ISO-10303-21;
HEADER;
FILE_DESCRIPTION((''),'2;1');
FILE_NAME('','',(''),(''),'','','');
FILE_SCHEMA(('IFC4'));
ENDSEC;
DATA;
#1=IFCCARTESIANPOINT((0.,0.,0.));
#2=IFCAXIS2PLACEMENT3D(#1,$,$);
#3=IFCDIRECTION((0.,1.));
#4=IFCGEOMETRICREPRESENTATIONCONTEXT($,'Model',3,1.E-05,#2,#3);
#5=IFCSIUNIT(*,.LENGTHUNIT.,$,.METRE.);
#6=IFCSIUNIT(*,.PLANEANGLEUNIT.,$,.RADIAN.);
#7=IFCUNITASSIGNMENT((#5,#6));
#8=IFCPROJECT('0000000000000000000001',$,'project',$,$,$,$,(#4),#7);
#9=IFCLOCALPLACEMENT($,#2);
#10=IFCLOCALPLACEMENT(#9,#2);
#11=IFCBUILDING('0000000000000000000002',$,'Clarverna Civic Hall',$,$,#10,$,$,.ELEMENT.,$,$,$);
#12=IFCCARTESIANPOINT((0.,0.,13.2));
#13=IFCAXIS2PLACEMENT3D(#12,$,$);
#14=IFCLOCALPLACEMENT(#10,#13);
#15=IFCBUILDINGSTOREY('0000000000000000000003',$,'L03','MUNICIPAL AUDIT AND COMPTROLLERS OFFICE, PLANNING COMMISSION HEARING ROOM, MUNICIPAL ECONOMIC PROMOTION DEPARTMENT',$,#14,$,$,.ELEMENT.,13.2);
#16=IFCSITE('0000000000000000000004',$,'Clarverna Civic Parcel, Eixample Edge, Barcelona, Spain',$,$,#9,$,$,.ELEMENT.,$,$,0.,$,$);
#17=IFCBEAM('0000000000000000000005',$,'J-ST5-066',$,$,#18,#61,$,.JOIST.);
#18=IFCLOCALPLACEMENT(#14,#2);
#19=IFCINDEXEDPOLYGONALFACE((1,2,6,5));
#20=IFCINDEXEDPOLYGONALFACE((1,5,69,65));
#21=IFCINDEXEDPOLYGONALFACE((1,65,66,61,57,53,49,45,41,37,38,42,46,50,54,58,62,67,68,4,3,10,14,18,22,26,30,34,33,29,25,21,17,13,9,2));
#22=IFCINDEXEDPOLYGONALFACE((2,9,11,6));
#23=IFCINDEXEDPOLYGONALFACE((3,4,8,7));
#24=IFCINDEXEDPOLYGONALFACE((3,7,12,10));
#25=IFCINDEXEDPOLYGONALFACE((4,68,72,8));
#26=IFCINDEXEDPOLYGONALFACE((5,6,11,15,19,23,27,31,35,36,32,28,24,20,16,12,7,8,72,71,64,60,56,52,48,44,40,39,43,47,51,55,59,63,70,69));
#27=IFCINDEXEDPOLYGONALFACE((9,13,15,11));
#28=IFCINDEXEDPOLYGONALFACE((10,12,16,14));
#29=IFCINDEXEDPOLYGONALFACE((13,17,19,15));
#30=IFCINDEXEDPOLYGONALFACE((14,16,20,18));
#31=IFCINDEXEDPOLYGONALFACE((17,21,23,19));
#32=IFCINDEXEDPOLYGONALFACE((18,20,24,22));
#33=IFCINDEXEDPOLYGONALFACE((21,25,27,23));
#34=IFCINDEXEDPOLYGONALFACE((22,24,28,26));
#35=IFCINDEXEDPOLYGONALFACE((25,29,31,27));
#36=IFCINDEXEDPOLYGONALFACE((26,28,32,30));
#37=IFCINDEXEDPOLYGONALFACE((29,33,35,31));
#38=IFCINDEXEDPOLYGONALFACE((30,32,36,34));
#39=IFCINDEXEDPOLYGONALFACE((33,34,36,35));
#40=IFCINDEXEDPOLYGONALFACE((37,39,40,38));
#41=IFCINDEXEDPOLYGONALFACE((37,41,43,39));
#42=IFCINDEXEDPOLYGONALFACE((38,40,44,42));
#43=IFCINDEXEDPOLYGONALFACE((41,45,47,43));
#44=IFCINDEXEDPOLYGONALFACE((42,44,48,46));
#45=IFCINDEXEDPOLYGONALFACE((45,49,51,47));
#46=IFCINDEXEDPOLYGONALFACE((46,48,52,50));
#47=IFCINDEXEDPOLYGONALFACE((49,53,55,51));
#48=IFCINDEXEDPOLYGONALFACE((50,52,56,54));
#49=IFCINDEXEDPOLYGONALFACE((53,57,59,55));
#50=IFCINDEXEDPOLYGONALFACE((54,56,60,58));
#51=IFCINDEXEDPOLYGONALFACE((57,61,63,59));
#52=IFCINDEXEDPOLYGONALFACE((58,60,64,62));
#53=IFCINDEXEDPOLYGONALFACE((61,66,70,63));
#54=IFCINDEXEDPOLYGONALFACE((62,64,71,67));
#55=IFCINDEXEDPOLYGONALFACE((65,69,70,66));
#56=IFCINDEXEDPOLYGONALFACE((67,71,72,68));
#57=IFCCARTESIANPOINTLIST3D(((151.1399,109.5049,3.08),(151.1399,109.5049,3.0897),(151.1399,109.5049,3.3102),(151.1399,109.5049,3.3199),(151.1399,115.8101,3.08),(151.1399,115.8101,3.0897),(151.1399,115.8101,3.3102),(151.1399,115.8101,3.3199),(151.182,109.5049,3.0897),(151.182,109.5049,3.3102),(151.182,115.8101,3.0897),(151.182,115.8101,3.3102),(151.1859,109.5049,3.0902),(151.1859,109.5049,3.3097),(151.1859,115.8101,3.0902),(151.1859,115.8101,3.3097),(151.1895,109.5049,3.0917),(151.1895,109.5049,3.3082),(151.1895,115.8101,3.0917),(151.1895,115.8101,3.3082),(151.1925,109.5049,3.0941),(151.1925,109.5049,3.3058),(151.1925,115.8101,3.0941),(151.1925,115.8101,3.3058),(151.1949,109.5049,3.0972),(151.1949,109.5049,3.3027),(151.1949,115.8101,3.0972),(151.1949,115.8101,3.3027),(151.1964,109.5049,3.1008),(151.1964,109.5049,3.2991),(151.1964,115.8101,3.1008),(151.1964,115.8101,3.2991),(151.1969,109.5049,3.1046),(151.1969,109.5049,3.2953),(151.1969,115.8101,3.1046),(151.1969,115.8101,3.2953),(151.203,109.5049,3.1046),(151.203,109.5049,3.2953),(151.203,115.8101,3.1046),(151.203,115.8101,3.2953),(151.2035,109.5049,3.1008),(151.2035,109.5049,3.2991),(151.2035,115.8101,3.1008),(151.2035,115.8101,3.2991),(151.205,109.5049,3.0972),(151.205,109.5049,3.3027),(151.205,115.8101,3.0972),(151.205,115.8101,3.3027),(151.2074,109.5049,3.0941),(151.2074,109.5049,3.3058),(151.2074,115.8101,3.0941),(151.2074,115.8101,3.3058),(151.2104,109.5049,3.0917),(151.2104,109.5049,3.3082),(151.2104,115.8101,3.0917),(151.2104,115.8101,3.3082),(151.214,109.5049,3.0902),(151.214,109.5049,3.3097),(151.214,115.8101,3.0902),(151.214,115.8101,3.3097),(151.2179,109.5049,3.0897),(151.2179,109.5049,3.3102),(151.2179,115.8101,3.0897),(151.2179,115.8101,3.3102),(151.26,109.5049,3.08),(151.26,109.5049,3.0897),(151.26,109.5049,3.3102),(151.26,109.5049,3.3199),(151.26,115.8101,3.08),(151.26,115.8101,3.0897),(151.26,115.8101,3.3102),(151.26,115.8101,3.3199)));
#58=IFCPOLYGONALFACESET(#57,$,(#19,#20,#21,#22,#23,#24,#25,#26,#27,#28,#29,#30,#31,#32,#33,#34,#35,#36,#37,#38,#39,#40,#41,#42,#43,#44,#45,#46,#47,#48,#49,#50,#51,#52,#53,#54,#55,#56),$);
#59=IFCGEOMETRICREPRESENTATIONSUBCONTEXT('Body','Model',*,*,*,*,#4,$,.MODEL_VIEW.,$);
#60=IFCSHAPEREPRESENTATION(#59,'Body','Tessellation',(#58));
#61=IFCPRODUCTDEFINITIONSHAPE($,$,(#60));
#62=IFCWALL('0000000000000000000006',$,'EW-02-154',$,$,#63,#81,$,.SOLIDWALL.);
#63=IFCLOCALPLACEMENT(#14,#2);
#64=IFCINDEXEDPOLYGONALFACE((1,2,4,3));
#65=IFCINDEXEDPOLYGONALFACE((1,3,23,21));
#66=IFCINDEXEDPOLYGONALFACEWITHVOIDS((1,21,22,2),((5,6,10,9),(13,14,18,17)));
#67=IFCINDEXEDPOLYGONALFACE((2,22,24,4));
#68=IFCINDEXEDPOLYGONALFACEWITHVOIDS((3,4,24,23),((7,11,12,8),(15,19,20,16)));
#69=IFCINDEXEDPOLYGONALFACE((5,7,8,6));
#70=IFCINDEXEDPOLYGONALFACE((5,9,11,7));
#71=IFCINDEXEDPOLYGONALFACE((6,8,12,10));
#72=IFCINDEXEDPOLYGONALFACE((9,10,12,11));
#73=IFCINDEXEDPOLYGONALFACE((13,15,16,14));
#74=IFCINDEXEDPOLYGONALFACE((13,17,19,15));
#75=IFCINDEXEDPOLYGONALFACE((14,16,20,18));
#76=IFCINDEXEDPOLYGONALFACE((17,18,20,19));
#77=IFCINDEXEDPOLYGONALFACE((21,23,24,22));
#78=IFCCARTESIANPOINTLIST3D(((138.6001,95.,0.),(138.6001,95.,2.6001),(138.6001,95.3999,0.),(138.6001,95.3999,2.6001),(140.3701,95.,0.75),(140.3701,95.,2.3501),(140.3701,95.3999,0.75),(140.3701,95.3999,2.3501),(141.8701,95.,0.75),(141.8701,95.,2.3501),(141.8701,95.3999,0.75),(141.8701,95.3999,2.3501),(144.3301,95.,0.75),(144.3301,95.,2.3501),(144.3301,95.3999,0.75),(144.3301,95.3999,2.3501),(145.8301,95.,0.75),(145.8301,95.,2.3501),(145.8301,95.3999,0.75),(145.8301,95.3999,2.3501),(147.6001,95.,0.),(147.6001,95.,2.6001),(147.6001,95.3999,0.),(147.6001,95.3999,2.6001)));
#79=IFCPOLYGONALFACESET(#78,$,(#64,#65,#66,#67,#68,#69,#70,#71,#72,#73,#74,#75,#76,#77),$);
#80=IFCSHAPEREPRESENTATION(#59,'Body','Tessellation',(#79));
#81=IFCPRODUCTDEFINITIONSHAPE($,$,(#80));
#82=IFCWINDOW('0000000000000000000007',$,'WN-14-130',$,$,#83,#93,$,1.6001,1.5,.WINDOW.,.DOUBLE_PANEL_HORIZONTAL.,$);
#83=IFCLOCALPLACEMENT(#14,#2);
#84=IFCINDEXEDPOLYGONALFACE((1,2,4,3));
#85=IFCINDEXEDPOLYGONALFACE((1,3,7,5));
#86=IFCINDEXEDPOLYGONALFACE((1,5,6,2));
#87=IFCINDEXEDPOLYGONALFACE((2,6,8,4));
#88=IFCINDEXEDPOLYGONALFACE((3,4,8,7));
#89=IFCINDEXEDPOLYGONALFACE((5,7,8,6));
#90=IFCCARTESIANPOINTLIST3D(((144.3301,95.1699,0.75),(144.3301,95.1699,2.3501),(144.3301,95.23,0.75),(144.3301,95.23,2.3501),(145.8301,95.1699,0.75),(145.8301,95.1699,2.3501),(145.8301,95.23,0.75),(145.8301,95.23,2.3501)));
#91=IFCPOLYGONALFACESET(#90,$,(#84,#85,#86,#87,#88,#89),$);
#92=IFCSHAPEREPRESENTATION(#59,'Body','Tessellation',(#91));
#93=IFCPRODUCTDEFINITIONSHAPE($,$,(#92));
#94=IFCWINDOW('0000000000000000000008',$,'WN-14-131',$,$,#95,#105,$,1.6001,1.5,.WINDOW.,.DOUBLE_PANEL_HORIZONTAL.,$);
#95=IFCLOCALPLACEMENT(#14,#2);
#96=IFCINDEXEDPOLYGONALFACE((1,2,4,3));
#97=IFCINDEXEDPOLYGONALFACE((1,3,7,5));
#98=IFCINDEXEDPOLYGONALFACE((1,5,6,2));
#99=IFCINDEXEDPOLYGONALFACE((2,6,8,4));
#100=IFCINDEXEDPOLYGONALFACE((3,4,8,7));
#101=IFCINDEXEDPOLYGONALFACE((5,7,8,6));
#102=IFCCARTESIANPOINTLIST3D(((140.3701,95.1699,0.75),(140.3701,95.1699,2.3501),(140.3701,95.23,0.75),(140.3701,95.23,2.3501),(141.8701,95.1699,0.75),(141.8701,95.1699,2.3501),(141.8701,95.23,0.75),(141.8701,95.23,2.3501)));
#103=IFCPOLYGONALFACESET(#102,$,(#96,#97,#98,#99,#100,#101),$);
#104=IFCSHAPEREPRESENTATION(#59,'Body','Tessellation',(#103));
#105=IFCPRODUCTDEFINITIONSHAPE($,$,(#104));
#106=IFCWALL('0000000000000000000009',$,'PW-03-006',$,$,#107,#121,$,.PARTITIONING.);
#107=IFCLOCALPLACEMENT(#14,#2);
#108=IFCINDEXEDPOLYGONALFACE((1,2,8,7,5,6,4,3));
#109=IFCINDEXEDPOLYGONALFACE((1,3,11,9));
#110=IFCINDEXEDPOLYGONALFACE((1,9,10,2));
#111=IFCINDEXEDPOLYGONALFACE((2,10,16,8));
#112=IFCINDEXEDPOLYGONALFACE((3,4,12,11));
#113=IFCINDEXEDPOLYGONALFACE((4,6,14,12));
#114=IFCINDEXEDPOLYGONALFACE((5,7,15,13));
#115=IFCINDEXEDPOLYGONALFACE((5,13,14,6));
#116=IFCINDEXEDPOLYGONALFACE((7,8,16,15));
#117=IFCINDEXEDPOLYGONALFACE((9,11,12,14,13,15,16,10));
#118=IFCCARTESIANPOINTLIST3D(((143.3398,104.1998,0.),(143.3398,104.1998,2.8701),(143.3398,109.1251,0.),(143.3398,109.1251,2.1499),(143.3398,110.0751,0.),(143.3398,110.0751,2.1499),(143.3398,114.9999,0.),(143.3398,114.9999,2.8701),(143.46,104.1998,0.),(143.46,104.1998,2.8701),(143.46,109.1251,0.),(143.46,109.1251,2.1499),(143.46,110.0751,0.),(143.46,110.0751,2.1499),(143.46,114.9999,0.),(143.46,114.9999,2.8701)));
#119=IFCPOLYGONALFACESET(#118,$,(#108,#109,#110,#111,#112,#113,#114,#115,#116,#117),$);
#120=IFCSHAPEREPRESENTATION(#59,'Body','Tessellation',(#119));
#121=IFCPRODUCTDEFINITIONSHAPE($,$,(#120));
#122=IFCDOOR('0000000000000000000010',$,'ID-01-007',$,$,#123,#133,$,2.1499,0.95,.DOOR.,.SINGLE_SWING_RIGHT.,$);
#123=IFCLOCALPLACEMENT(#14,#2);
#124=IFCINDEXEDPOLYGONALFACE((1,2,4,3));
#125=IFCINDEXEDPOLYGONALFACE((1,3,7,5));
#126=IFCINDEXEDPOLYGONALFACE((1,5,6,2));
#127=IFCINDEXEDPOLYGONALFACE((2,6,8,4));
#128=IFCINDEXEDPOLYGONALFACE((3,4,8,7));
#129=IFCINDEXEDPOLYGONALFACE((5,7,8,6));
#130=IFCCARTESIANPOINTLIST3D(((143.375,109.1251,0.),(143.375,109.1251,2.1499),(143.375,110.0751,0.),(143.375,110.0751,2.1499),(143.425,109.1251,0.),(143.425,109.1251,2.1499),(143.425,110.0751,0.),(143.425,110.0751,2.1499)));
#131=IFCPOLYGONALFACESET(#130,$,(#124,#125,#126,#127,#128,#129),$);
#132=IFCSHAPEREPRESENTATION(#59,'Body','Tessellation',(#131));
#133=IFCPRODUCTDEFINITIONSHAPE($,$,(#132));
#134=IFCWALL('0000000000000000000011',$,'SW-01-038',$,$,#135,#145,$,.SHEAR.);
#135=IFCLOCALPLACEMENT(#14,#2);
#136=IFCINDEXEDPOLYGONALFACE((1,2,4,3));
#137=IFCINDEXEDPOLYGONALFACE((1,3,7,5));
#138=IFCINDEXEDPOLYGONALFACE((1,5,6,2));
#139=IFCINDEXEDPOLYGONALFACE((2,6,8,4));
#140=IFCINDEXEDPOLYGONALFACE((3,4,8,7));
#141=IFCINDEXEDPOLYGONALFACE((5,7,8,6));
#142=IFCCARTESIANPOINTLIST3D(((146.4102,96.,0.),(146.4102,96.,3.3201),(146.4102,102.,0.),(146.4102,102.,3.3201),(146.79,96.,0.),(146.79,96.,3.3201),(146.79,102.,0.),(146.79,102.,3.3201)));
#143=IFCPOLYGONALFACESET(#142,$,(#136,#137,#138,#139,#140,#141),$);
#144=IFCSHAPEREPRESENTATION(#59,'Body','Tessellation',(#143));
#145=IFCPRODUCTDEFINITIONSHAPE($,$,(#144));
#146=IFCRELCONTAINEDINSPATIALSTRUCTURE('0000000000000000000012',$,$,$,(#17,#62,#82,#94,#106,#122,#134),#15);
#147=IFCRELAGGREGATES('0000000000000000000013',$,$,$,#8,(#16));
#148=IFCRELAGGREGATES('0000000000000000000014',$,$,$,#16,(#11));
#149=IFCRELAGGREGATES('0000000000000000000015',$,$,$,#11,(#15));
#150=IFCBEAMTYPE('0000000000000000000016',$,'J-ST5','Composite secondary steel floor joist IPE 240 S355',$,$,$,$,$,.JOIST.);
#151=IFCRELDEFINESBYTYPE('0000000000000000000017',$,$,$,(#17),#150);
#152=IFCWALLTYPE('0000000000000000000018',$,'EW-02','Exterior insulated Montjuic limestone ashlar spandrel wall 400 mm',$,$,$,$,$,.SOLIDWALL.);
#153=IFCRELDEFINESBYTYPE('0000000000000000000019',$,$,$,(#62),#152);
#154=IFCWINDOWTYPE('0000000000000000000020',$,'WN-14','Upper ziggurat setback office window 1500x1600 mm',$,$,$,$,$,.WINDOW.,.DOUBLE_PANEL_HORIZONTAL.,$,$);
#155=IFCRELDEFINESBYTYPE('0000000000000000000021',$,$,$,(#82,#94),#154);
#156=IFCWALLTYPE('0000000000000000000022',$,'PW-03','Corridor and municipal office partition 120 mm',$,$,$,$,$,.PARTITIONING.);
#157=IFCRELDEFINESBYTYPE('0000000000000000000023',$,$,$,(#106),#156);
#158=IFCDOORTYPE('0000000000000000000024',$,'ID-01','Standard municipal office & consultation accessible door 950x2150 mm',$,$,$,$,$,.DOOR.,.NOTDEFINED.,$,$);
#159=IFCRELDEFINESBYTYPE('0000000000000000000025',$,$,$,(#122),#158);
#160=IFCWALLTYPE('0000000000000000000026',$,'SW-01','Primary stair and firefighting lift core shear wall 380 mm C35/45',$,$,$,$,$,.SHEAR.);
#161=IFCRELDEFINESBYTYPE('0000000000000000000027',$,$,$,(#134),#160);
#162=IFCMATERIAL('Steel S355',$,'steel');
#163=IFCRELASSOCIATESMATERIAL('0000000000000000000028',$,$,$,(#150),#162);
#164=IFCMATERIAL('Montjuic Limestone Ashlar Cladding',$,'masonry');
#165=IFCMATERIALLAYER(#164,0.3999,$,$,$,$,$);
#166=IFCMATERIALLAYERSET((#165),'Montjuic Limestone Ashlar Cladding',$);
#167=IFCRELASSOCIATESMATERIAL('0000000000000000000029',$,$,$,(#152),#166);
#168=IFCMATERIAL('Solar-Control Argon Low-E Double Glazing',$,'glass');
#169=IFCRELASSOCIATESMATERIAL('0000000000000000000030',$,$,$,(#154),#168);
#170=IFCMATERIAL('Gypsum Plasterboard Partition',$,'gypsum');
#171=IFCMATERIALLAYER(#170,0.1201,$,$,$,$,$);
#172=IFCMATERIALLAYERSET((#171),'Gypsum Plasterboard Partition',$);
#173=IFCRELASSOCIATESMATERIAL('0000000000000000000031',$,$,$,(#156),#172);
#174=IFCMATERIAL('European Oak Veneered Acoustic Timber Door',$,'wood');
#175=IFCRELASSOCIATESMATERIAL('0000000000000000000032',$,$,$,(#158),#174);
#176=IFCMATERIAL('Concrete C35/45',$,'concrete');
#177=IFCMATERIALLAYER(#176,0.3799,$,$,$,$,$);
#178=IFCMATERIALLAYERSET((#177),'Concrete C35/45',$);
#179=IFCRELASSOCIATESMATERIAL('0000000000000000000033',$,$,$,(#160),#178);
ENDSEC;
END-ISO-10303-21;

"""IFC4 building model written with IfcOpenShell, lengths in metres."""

from ifc_helpers import new_model, si_unit, direction, frame, frame_2d, origin, origin_2d, place, context, subcontext, project, spatial, rectangle, i_section, extrude, material, layer, layer_set, material_profile, profile_set, type_object, element, fill, save


model = new_model("IFC4")

# Units and contexts
model_context = context("Model", 3, precision=1e-05, world=origin(), true_north=direction((0.0, 1.0)))
body_context = subcontext(model_context, "Body", "Model", "MODEL_VIEW")
ifc_project = project(units=[si_unit("LENGTHUNIT", "METRE"), si_unit("PLANEANGLEUNIT", "RADIAN")], contexts=[model_context])

# Site, building, storey
site_placement = place(None, origin())
site = spatial("IfcSite", under=ifc_project, at=site_placement, Name="Clarverna Civic Parcel, Eixample Edge, Barcelona, Spain", CompositionType="ELEMENT", RefElevation=0.0)
building_placement = place(site_placement, origin())
building = spatial("IfcBuilding", under=site, at=building_placement, Name="Clarverna Civic Hall", CompositionType="ELEMENT")
storey_placement = place(building_placement, frame((0.0, 0.0, 13.2)))
storey = spatial("IfcBuildingStorey", under=building, at=storey_placement, Name="L03", Description="MUNICIPAL AUDIT AND COMPTROLLERS OFFICE, PLANNING COMMISSION HEARING ROOM, MUNICIPAL ECONOMIC PROMOTION DEPARTMENT", CompositionType="ELEMENT", Elevation=13.2)

# Shared definitions
ifc_material_1 = material(Name="Concrete C35/45", Category="concrete")

# Shared definitions
ifc_material_2 = material(Name="Steel S355", Category="steel")

# Beam
ifc_material_profile_1 = material_profile(ifc_material_2, i_section(OverallWidth=0.1201, OverallDepth=0.24, WebThickness=0.0061, FlangeThickness=0.0098, FilletRadius=0.0149, at=origin_2d()), Name="IPE 240")
ifc_profile_set_1 = profile_set([ifc_material_profile_1], Name="Steel S355")
beam_type_1 = type_object("IfcBeamType", Name="J-ST5", Description="Composite secondary steel floor joist IPE 240 S355", PredefinedType="JOIST", material=ifc_profile_set_1)
beam_1_placement = place(storey_placement, frame((151.2, 109.5049, 3.2), z_axis=(0.0, 1.0, 0.0), x_axis=(-1.0, 0.0, 0.0)))
element("IfcBeam", 1, at=beam_1_placement, inside=storey, type_object=beam_type_1, Name="J-ST5-066", PredefinedType="JOIST", context=body_context, shape_type="SweptSolid", body=[
    extrude(i_section(OverallWidth=0.1201, OverallDepth=0.24, WebThickness=0.0061, FlangeThickness=0.0098, FilletRadius=0.0149, at=origin_2d()), origin(), (0.0, 0.0, 1.0), 6.3052),
])

# Wall, openings, windows
ifc_material_3 = material(Name="Montjuic Limestone Ashlar Cladding", Category="masonry")
ifc_layer_1 = layer(ifc_material_3, 0.3999)
ifc_layer_set_1 = layer_set([ifc_layer_1], Name="Montjuic Limestone Ashlar Cladding")
wall_type_1 = type_object("IfcWallType", Name="EW-02", Description="Exterior insulated Montjuic limestone ashlar spandrel wall 400 mm", PredefinedType="SOLIDWALL", material=ifc_layer_set_1)
wall_1_placement = place(storey_placement, frame((147.6001, 95.2, 0.0), z_axis=(0.0, 0.0, 1.0), x_axis=(-1.0, 0.0, 0.0)))
wall_1 = element("IfcWall", 2, at=wall_1_placement, inside=storey, type_object=wall_type_1, Name="EW-02-154", PredefinedType="SOLIDWALL", context=body_context, shape_type="SweptSolid", body=[
    extrude(rectangle(XDim=9.0, YDim=0.3999, at=frame_2d((4.5, 0.0))), origin(), (0.0, 0.0, 1.0), 2.6001),
])
opening_1_placement = place(wall_1_placement, frame((1.77, 0.0, 0.75)))
opening_1 = element("IfcOpeningElement", 3, at=opening_1_placement, cuts=wall_1, PredefinedType="OPENING", context=body_context, shape_type="SweptSolid", body=[
    extrude(rectangle(XDim=1.5, YDim=1.6001, at=frame_2d((0.75, 0.8))), frame((0.0, 0.21, 0.0), z_axis=(0.0, -1.0, 0.0), x_axis=(1.0, 0.0, 0.0)), (0.0, 0.0, 1.0), 0.4199),
])
opening_2_placement = place(wall_1_placement, frame((5.73, 0.0, 0.75)))
opening_2 = element("IfcOpeningElement", 4, at=opening_2_placement, cuts=wall_1, PredefinedType="OPENING", context=body_context, shape_type="SweptSolid", body=[
    extrude(rectangle(XDim=1.5, YDim=1.6001, at=frame_2d((0.75, 0.8))), frame((0.0, 0.21, 0.0), z_axis=(0.0, -1.0, 0.0), x_axis=(1.0, 0.0, 0.0)), (0.0, 0.0, 1.0), 0.4199),
])
ifc_material_4 = material(Name="Solar-Control Argon Low-E Double Glazing", Category="glass")
window_type = type_object("IfcWindowType", Name="WN-14", Description="Upper ziggurat setback office window 1500x1600 mm", PartitioningType="DOUBLE_PANEL_HORIZONTAL", PredefinedType="WINDOW", material=ifc_material_4)
window_1_placement = place(opening_1_placement, origin())
window_1 = element("IfcWindow", 5, at=window_1_placement, inside=storey, type_object=window_type, Name="WN-14-130", OverallHeight=1.6001, OverallWidth=1.5, PartitioningType="DOUBLE_PANEL_HORIZONTAL", PredefinedType="WINDOW", context=body_context, shape_type="SweptSolid", body=[
    extrude(rectangle(XDim=1.5, YDim=1.6001, at=frame_2d((0.75, 0.8))), frame((0.0, 0.03, 0.0), z_axis=(0.0, -1.0, 0.0), x_axis=(1.0, 0.0, 0.0)), (0.0, 0.0, 1.0), 0.0601),
])
fill(opening_1, window_1)
window_2_placement = place(opening_2_placement, origin())
window_2 = element("IfcWindow", 6, at=window_2_placement, inside=storey, type_object=window_type, Name="WN-14-131", OverallHeight=1.6001, OverallWidth=1.5, PartitioningType="DOUBLE_PANEL_HORIZONTAL", PredefinedType="WINDOW", context=body_context, shape_type="SweptSolid", body=[
    extrude(rectangle(XDim=1.5, YDim=1.6001, at=frame_2d((0.75, 0.8))), frame((0.0, 0.03, 0.0), z_axis=(0.0, -1.0, 0.0), x_axis=(1.0, 0.0, 0.0)), (0.0, 0.0, 1.0), 0.0601),
])
fill(opening_2, window_2)

# Wall, opening, door
ifc_material_5 = material(Name="Gypsum Plasterboard Partition", Category="gypsum")
ifc_layer_2 = layer(ifc_material_5, 0.1201)
ifc_layer_set_2 = layer_set([ifc_layer_2], Name="Gypsum Plasterboard Partition")
wall_type_2 = type_object("IfcWallType", Name="PW-03", Description="Corridor and municipal office partition 120 mm", PredefinedType="PARTITIONING", material=ifc_layer_set_2)
wall_2_placement = place(storey_placement, frame((143.3999, 104.2, 0.0), z_axis=(0.0, 0.0, 1.0), x_axis=(0.0, 1.0, 0.0)))
wall_2 = element("IfcWall", 7, at=wall_2_placement, inside=storey, type_object=wall_type_2, Name="PW-03-006", PredefinedType="PARTITIONING", context=body_context, shape_type="SweptSolid", body=[
    extrude(rectangle(XDim=10.8, YDim=0.1201, at=frame_2d((5.3999, 0.0))), origin(), (0.0, 0.0, 1.0), 2.8701),
])
opening_3_placement = place(wall_2_placement, frame((4.925, 0.0, 0.0)))
opening_3 = element("IfcOpeningElement", 8, at=opening_3_placement, cuts=wall_2, PredefinedType="OPENING", context=body_context, shape_type="SweptSolid", body=[
    extrude(rectangle(XDim=0.95, YDim=2.1499, at=frame_2d((0.4751, 1.075))), frame((0.0, 0.0701, 0.0), z_axis=(0.0, -1.0, 0.0), x_axis=(1.0, 0.0, 0.0)), (0.0, 0.0, 1.0), 0.1401),
])
ifc_material_6 = material(Name="European Oak Veneered Acoustic Timber Door", Category="wood")
door_type = type_object("IfcDoorType", Name="ID-01", Description="Standard municipal office & consultation accessible door 950x2150 mm", OperationType="NOTDEFINED", PredefinedType="DOOR", material=ifc_material_6)
door_placement = place(opening_3_placement, origin())
door = element("IfcDoor", 9, at=door_placement, inside=storey, type_object=door_type, Name="ID-01-007", OperationType="SINGLE_SWING_RIGHT", OverallHeight=2.1499, OverallWidth=0.95, PredefinedType="DOOR", context=body_context, shape_type="SweptSolid", body=[
    extrude(rectangle(XDim=0.95, YDim=2.1499, at=frame_2d((0.4751, 1.075))), frame((0.0, 0.0249, 0.0), z_axis=(0.0, -1.0, 0.0), x_axis=(1.0, 0.0, 0.0)), (0.0, 0.0, 1.0), 0.05),
])
fill(opening_3, door)

# Wall
ifc_layer_3 = layer(ifc_material_1, 0.3799)
ifc_layer_set_3 = layer_set([ifc_layer_3], Name="Concrete C35/45")
wall_type_3 = type_object("IfcWallType", Name="SW-01", Description="Primary stair and firefighting lift core shear wall 380 mm C35/45", PredefinedType="SHEAR", material=ifc_layer_set_3)
wall_3_placement = place(storey_placement, frame((146.6001, 96.0, 0.0), z_axis=(0.0, 0.0, 1.0), x_axis=(0.0, 1.0, 0.0)))
element("IfcWall", 10, at=wall_3_placement, inside=storey, type_object=wall_type_3, Name="SW-01-038", PredefinedType="SHEAR", context=body_context, shape_type="SweptSolid", body=[
    extrude(rectangle(XDim=6.0, YDim=0.3799, at=frame_2d((3.0, 0.0))), origin(), (0.0, 0.0, 1.0), 3.3201),
])

save(model, "model.ifc")
